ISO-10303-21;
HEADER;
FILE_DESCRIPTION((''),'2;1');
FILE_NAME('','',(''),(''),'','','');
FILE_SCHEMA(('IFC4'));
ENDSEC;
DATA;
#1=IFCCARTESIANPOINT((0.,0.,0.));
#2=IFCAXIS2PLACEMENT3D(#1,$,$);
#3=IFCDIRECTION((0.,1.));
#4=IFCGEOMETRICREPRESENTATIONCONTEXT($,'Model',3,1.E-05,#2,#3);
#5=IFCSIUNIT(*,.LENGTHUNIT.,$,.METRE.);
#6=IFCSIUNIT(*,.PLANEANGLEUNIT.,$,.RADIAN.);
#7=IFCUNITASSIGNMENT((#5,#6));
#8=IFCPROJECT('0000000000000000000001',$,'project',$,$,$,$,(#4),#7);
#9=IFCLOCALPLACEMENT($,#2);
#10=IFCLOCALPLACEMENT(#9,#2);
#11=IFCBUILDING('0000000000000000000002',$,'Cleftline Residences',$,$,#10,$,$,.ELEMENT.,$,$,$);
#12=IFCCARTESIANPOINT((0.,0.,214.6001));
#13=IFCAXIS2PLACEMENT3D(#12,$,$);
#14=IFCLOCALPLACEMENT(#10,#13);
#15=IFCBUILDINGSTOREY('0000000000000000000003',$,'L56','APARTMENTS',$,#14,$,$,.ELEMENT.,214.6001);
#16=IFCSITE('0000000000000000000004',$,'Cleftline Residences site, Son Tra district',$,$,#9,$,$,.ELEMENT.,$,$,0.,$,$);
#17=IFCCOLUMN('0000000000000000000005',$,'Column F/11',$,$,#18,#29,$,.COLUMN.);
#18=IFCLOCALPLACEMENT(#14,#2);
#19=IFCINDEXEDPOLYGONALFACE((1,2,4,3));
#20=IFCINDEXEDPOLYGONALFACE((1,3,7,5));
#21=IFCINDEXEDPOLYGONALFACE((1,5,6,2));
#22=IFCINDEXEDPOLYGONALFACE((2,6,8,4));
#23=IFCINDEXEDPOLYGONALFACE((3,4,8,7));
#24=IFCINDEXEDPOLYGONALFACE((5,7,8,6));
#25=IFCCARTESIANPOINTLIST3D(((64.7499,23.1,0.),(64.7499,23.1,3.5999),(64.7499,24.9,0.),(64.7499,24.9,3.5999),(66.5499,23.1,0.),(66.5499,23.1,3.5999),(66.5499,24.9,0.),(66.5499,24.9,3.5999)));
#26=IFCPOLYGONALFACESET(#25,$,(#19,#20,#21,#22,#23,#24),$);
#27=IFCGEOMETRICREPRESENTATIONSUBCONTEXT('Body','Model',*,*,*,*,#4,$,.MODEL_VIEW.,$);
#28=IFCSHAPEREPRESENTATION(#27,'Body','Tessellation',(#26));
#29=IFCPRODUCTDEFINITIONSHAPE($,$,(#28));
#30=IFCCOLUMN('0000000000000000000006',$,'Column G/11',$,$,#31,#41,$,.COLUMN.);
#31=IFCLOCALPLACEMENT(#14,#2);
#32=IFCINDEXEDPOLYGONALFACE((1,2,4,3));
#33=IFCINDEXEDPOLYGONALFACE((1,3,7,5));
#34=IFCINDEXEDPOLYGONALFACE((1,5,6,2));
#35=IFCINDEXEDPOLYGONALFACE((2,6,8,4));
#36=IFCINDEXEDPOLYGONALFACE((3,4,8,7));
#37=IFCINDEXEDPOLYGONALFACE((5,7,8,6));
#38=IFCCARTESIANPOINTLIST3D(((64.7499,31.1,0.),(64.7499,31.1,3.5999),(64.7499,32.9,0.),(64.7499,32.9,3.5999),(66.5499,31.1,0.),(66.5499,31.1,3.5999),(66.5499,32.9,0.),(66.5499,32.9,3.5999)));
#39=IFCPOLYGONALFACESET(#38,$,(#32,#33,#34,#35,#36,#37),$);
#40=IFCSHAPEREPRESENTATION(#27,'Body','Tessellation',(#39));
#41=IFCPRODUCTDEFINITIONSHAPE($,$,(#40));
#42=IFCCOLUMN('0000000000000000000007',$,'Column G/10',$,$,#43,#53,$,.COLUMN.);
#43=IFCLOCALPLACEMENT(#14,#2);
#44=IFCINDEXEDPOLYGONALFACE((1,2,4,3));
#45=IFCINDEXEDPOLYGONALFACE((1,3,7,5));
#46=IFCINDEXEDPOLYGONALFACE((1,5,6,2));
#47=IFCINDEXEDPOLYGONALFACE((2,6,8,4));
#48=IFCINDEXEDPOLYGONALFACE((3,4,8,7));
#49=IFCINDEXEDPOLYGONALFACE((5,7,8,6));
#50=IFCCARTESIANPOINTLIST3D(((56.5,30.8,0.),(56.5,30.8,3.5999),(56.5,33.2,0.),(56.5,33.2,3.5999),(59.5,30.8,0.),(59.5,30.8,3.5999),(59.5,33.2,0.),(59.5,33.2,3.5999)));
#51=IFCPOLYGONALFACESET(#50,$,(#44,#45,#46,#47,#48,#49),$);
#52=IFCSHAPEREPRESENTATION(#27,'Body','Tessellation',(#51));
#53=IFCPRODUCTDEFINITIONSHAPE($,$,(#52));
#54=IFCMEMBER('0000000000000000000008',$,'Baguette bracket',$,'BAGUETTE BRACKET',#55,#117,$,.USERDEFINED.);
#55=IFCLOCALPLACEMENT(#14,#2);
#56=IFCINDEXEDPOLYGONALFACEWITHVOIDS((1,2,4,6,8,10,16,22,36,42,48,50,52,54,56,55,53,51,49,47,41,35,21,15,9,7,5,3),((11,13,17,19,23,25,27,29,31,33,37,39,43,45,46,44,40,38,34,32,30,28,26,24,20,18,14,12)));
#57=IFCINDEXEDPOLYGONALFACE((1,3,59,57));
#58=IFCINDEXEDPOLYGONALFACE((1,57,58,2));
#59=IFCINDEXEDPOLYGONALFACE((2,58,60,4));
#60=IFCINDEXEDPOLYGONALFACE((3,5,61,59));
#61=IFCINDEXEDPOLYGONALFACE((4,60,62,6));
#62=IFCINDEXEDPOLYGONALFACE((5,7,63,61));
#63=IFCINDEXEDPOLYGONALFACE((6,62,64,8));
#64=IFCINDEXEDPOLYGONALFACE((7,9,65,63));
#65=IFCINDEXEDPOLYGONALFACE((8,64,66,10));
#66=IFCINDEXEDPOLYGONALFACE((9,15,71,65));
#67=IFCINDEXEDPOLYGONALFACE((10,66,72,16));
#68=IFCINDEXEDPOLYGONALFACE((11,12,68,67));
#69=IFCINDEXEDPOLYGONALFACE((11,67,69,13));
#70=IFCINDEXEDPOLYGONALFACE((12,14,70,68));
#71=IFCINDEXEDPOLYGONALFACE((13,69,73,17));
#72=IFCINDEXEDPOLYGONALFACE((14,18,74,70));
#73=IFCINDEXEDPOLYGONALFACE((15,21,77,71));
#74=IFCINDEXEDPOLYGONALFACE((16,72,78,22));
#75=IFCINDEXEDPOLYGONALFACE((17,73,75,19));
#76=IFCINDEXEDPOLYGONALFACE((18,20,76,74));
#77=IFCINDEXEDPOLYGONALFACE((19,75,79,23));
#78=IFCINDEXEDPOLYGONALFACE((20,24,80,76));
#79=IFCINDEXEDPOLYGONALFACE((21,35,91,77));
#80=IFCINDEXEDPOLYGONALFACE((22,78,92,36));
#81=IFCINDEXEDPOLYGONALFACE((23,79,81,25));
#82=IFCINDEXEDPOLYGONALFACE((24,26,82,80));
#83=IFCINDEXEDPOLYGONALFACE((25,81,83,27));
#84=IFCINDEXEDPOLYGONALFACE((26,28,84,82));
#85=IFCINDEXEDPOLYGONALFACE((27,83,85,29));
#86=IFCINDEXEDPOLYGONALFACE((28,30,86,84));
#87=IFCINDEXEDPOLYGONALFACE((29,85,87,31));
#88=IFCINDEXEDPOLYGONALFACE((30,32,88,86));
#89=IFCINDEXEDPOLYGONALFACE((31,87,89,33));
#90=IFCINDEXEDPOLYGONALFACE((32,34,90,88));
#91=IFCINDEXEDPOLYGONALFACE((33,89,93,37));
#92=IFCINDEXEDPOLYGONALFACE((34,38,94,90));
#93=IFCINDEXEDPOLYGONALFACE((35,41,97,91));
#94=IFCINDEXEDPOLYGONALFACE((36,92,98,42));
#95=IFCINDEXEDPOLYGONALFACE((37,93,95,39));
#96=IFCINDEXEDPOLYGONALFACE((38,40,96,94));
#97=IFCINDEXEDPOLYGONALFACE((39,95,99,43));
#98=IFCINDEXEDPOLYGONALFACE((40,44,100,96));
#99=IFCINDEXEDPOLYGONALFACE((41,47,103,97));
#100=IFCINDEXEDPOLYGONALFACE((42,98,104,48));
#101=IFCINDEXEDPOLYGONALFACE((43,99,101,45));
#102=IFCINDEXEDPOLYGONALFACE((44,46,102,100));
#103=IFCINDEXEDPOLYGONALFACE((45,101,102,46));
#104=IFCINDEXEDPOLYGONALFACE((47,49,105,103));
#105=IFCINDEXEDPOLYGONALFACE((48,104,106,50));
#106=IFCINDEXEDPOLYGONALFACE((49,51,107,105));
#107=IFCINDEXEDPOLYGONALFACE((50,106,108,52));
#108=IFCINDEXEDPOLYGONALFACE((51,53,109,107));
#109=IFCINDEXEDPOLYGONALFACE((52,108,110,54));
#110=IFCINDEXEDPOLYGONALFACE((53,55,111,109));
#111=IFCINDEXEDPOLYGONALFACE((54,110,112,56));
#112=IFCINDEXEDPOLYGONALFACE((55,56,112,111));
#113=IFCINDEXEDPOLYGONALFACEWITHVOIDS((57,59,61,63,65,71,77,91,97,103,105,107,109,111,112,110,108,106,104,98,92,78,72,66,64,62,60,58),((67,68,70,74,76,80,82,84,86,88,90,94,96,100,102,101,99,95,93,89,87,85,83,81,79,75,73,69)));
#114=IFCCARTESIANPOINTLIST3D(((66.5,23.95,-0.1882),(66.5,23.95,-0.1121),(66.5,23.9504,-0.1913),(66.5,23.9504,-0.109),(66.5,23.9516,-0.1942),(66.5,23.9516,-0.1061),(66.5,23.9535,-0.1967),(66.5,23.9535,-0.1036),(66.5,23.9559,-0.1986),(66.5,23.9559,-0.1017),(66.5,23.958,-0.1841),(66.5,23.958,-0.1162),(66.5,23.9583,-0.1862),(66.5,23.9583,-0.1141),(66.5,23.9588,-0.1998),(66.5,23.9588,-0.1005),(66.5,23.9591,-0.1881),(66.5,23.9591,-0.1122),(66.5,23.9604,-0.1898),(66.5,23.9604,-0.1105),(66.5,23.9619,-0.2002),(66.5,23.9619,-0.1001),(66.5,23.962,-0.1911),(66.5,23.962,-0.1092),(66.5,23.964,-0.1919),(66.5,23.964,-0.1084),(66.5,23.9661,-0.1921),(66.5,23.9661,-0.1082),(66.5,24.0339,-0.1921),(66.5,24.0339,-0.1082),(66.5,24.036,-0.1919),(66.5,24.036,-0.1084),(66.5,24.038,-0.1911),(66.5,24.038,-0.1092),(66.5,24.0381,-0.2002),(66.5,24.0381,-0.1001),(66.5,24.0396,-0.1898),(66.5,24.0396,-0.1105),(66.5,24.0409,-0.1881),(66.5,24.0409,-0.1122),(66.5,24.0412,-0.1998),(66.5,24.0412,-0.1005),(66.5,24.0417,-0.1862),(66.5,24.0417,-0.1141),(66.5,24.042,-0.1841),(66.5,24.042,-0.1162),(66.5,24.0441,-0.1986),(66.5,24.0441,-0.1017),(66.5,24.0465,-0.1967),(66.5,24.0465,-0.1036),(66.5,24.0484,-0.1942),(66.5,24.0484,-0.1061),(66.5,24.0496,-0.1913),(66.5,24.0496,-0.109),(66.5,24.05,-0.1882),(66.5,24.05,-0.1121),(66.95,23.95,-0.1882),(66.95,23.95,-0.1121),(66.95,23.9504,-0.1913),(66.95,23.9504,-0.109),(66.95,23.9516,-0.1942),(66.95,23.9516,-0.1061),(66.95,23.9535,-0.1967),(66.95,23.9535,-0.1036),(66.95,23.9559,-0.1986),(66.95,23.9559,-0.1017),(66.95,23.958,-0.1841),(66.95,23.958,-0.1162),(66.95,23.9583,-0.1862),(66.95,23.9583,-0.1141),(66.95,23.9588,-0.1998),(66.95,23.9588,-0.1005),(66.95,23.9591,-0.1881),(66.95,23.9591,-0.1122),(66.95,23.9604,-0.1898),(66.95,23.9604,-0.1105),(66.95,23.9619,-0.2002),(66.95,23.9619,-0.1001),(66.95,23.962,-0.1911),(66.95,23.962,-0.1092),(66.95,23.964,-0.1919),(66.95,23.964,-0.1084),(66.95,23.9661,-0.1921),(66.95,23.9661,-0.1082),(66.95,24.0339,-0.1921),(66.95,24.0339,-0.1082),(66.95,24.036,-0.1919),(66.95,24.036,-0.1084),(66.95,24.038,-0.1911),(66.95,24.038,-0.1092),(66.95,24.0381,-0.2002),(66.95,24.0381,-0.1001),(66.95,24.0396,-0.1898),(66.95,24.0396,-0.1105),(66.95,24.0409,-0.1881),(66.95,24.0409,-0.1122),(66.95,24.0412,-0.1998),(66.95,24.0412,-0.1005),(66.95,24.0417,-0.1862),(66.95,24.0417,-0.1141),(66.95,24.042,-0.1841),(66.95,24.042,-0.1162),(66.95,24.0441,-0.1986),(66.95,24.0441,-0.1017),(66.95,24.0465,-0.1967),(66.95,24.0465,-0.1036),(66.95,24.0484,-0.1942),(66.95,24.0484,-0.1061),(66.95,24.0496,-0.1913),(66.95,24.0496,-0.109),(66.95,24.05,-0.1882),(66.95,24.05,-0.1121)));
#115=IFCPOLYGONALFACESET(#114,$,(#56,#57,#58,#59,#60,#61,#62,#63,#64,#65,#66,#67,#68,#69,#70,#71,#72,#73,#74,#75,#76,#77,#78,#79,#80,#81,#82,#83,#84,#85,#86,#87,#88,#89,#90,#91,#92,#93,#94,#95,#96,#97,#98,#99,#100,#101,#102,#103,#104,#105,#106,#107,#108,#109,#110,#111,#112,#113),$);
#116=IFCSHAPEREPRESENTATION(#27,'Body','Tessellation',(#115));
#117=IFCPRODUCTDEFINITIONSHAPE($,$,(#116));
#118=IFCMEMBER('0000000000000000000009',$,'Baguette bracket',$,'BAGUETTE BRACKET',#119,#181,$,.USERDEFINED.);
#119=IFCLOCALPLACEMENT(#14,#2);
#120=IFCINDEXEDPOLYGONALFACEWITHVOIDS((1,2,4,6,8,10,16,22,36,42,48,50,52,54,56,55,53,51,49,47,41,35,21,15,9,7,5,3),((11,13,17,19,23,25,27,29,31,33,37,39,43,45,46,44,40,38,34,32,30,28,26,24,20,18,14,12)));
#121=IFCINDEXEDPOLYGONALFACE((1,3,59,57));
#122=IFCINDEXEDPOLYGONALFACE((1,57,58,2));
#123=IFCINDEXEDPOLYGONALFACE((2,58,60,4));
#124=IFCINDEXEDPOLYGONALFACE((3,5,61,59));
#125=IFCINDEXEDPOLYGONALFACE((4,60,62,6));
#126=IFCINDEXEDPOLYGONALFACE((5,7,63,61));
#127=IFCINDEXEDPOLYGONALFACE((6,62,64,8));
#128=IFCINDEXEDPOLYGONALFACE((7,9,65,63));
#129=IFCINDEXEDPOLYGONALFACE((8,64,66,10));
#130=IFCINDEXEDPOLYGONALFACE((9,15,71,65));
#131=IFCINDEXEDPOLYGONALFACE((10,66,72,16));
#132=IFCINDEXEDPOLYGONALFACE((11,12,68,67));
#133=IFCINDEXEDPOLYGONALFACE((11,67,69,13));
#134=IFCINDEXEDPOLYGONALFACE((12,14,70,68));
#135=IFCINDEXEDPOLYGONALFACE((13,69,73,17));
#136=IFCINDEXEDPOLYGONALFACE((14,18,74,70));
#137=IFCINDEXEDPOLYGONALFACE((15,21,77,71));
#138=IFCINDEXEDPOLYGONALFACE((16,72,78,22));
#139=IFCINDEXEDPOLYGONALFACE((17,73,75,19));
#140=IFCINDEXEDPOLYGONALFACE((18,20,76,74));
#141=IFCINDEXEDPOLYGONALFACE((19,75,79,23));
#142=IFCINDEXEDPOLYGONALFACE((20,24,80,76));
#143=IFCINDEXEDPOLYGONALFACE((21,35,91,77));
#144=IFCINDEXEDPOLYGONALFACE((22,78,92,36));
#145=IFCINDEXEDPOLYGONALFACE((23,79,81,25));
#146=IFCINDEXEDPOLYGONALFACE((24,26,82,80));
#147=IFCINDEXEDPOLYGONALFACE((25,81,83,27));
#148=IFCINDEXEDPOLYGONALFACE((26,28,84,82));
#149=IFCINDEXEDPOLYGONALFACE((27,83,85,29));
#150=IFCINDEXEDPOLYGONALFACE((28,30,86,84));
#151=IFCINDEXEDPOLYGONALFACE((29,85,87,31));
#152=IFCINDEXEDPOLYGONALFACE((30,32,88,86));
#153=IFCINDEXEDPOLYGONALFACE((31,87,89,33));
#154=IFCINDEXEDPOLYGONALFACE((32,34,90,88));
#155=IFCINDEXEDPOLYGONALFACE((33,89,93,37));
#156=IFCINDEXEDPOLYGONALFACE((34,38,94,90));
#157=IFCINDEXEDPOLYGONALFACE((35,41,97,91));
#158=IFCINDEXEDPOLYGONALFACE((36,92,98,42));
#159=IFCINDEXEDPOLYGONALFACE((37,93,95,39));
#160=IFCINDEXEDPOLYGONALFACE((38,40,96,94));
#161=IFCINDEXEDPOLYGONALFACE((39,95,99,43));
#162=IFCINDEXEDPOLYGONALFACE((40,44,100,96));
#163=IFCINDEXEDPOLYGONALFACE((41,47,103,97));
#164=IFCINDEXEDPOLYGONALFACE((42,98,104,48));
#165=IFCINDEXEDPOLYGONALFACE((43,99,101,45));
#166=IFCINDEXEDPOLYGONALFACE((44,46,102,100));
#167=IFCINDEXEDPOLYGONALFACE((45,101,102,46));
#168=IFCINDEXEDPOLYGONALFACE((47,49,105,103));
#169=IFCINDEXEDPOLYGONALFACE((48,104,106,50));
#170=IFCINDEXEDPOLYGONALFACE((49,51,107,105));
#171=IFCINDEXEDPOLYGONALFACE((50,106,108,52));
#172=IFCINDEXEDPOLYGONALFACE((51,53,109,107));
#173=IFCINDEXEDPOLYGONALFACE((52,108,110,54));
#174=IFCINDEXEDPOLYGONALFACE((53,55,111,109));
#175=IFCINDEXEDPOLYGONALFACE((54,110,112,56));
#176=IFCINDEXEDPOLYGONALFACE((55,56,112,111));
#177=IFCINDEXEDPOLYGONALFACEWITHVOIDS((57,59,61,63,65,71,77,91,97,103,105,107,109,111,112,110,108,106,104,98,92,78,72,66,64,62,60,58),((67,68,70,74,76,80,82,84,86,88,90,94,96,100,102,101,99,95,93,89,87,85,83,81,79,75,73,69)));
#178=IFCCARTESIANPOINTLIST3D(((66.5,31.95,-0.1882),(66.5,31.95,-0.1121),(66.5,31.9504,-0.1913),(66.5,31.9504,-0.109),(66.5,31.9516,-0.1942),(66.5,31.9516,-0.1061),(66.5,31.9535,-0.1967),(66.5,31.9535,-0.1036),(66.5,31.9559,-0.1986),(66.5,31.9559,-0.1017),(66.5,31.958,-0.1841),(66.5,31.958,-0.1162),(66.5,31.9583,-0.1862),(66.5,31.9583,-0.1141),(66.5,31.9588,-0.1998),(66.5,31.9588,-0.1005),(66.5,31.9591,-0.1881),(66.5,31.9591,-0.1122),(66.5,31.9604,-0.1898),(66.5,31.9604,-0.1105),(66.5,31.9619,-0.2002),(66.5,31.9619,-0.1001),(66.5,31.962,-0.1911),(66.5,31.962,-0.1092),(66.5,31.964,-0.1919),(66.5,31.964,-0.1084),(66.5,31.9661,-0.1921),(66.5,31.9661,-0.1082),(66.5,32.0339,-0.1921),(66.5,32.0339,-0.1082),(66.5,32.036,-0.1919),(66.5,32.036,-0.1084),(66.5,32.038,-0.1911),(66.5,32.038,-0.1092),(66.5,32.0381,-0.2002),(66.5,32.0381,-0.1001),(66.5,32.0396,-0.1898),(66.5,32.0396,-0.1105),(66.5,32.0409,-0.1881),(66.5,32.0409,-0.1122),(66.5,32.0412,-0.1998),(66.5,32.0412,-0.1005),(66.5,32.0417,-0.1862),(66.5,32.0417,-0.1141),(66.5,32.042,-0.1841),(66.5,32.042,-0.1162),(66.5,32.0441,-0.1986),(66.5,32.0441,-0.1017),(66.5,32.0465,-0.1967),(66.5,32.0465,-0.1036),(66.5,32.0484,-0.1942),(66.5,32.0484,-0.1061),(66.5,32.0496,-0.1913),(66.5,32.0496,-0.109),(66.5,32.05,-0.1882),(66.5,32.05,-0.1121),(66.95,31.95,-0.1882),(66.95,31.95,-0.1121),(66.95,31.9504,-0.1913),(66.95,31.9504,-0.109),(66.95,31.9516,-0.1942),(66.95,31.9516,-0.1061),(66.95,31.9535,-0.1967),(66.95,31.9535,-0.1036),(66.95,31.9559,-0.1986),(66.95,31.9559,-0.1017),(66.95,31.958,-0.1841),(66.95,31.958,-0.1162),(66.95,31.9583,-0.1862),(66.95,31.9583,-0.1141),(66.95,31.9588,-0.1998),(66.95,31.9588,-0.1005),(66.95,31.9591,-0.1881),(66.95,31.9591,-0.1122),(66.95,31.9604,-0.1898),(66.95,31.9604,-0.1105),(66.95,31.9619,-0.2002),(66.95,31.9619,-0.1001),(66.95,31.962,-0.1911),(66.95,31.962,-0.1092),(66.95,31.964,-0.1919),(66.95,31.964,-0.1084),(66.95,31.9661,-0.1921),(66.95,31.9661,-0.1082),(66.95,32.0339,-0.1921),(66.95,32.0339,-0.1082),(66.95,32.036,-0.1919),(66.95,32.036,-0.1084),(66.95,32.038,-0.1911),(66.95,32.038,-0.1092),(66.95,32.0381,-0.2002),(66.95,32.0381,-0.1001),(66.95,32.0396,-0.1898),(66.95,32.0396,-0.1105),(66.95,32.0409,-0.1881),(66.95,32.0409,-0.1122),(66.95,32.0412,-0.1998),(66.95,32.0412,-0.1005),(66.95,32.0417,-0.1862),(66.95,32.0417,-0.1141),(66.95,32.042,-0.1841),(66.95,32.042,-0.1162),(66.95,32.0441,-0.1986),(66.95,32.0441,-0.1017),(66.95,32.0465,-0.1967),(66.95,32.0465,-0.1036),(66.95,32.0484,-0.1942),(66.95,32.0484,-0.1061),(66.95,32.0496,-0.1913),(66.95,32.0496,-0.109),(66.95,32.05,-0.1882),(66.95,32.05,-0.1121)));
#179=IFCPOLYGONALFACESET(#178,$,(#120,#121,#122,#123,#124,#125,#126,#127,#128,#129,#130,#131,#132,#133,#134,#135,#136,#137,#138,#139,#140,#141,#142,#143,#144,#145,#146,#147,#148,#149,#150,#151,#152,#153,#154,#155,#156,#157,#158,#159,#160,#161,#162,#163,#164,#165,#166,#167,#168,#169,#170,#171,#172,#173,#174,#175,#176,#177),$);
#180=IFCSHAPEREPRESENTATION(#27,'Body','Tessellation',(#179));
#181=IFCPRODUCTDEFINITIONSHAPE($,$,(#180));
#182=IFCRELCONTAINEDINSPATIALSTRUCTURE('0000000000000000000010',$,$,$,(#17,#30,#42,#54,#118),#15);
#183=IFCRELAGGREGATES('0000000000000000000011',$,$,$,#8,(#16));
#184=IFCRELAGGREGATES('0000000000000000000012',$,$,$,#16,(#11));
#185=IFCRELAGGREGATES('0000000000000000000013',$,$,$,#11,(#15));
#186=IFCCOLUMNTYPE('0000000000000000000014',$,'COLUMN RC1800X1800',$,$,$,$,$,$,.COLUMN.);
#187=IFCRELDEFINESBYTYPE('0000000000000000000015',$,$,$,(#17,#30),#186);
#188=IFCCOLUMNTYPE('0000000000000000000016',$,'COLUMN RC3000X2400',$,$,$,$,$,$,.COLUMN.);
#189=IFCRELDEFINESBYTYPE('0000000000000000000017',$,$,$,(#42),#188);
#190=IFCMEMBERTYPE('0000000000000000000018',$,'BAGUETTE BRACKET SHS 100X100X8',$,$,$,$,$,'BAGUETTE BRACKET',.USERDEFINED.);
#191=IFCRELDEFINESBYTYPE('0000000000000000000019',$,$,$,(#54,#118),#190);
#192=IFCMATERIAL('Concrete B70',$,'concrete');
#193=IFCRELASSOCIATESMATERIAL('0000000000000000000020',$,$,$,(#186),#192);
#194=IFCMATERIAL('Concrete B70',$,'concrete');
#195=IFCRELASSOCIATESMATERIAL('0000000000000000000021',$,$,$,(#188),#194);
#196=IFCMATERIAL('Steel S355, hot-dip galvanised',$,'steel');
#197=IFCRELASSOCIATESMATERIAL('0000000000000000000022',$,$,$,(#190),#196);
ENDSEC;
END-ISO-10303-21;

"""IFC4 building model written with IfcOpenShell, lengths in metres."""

from ifc_helpers import new_model, si_unit, direction, frame, origin, origin_2d, place, context, subcontext, project, spatial, rectangle, hollow_rectangle, extrude, material, material_profile, profile_set, type_object, element, save


model = new_model("IFC4")

# Units and contexts
model_context = context("Model", 3, precision=1e-05, world=origin(), true_north=direction((0.0, 1.0)))
body_context = subcontext(model_context, "Body", "Model", "MODEL_VIEW")
ifc_project = project(units=[si_unit("LENGTHUNIT", "METRE"), si_unit("PLANEANGLEUNIT", "RADIAN")], contexts=[model_context])

# Site, building, storey
site_placement = place(None, origin())
site = spatial("IfcSite", under=ifc_project, at=site_placement, Name="Cleftline Residences site, Son Tra district", CompositionType="ELEMENT", RefElevation=0.0)
building_placement = place(site_placement, origin())
building = spatial("IfcBuilding", under=site, at=building_placement, Name="Cleftline Residences", CompositionType="ELEMENT")
storey_placement = place(building_placement, frame((0.0, 0.0, 214.6001)))
storey = spatial("IfcBuildingStorey", under=building, at=storey_placement, Name="L56", Description="APARTMENTS", CompositionType="ELEMENT", Elevation=214.6001)

# Columns
ifc_material_1 = material(Name="Concrete B70", Category="concrete")
ifc_material_profile_1 = material_profile(ifc_material_1, rectangle(XDim=1.8, YDim=1.8, at=origin_2d()))
ifc_profile_set_1 = profile_set([ifc_material_profile_1], Name="Concrete B70")
column_type_1 = type_object("IfcColumnType", Name="COLUMN RC1800X1800", PredefinedType="COLUMN", material=ifc_profile_set_1)
for number, where, z_axis, x_axis, name in (
    (1, (65.6499, 24.0, 0.0), (0.0, 0.0, 1.0), (1.0, 0.0, 0.0), "Column F/11"),
    (2, (65.6499, 32.0, 0.0), (0.0, 0.0, 1.0), (1.0, 0.0, 0.0), "Column G/11"),
):
    element("IfcColumn", number, at=place(storey_placement, frame(where, z_axis=z_axis, x_axis=x_axis)), inside=storey, type_object=column_type_1, Name=name, PredefinedType="COLUMN", context=body_context, shape_type="SweptSolid", body=[
        extrude(rectangle(XDim=1.8, YDim=1.8, at=origin_2d()), origin(), (0.0, 0.0, 1.0), 3.5999),
    ])
ifc_material_2 = material(Name="Concrete B70", Category="concrete")
ifc_material_profile_2 = material_profile(ifc_material_2, rectangle(XDim=3.0, YDim=2.3999, at=origin_2d()))
ifc_profile_set_2 = profile_set([ifc_material_profile_2], Name="Concrete B70")
column_type_2 = type_object("IfcColumnType", Name="COLUMN RC3000X2400", PredefinedType="COLUMN", material=ifc_profile_set_2)
column_placement = place(storey_placement, frame((58.0, 32.0, 0.0), z_axis=(0.0, 0.0, 1.0), x_axis=(1.0, 0.0, 0.0)))
element("IfcColumn", 3, at=column_placement, inside=storey, type_object=column_type_2, Name="Column G/10", PredefinedType="COLUMN", context=body_context, shape_type="SweptSolid", body=[
    extrude(rectangle(XDim=3.0, YDim=2.3999, at=origin_2d()), origin(), (0.0, 0.0, 1.0), 3.5999),
])

# Members
ifc_material_3 = material(Name="Steel S355, hot-dip galvanised", Category="steel")
ifc_material_profile_3 = material_profile(ifc_material_3, hollow_rectangle(XDim=0.1001, YDim=0.1001, WallThickness=0.0081, InnerFilletRadius=0.0081, OuterFilletRadius=0.012, at=origin_2d()))
ifc_profile_set_3 = profile_set([ifc_material_profile_3], Name="Steel S355, hot-dip galvanised")
member_type_1 = type_object("IfcMemberType", Name="BAGUETTE BRACKET SHS 100X100X8", ElementType="BAGUETTE BRACKET", PredefinedType="USERDEFINED", material=ifc_profile_set_3)
for number, where, z_axis, x_axis, name in (
    (4, (66.5, 24.0, -0.1501), (1.0, 0.0, 0.0), (0.0, 1.0, 0.0), "Baguette bracket"),
    (5, (66.5, 32.0, -0.1501), (1.0, 0.0, 0.0), (0.0, 1.0, 0.0), "Baguette bracket"),
):
    element("IfcMember", number, at=place(storey_placement, frame(where, z_axis=z_axis, x_axis=x_axis)), inside=storey, type_object=member_type_1, Name=name, ObjectType="BAGUETTE BRACKET", PredefinedType="USERDEFINED", context=body_context, shape_type="SweptSolid", body=[
        extrude(hollow_rectangle(XDim=0.1001, YDim=0.1001, WallThickness=0.0081, InnerFilletRadius=0.0081, OuterFilletRadius=0.012, at=origin_2d()), origin(), (0.0, 0.0, 1.0), 0.45),
    ])

save(model, "model.ifc")
